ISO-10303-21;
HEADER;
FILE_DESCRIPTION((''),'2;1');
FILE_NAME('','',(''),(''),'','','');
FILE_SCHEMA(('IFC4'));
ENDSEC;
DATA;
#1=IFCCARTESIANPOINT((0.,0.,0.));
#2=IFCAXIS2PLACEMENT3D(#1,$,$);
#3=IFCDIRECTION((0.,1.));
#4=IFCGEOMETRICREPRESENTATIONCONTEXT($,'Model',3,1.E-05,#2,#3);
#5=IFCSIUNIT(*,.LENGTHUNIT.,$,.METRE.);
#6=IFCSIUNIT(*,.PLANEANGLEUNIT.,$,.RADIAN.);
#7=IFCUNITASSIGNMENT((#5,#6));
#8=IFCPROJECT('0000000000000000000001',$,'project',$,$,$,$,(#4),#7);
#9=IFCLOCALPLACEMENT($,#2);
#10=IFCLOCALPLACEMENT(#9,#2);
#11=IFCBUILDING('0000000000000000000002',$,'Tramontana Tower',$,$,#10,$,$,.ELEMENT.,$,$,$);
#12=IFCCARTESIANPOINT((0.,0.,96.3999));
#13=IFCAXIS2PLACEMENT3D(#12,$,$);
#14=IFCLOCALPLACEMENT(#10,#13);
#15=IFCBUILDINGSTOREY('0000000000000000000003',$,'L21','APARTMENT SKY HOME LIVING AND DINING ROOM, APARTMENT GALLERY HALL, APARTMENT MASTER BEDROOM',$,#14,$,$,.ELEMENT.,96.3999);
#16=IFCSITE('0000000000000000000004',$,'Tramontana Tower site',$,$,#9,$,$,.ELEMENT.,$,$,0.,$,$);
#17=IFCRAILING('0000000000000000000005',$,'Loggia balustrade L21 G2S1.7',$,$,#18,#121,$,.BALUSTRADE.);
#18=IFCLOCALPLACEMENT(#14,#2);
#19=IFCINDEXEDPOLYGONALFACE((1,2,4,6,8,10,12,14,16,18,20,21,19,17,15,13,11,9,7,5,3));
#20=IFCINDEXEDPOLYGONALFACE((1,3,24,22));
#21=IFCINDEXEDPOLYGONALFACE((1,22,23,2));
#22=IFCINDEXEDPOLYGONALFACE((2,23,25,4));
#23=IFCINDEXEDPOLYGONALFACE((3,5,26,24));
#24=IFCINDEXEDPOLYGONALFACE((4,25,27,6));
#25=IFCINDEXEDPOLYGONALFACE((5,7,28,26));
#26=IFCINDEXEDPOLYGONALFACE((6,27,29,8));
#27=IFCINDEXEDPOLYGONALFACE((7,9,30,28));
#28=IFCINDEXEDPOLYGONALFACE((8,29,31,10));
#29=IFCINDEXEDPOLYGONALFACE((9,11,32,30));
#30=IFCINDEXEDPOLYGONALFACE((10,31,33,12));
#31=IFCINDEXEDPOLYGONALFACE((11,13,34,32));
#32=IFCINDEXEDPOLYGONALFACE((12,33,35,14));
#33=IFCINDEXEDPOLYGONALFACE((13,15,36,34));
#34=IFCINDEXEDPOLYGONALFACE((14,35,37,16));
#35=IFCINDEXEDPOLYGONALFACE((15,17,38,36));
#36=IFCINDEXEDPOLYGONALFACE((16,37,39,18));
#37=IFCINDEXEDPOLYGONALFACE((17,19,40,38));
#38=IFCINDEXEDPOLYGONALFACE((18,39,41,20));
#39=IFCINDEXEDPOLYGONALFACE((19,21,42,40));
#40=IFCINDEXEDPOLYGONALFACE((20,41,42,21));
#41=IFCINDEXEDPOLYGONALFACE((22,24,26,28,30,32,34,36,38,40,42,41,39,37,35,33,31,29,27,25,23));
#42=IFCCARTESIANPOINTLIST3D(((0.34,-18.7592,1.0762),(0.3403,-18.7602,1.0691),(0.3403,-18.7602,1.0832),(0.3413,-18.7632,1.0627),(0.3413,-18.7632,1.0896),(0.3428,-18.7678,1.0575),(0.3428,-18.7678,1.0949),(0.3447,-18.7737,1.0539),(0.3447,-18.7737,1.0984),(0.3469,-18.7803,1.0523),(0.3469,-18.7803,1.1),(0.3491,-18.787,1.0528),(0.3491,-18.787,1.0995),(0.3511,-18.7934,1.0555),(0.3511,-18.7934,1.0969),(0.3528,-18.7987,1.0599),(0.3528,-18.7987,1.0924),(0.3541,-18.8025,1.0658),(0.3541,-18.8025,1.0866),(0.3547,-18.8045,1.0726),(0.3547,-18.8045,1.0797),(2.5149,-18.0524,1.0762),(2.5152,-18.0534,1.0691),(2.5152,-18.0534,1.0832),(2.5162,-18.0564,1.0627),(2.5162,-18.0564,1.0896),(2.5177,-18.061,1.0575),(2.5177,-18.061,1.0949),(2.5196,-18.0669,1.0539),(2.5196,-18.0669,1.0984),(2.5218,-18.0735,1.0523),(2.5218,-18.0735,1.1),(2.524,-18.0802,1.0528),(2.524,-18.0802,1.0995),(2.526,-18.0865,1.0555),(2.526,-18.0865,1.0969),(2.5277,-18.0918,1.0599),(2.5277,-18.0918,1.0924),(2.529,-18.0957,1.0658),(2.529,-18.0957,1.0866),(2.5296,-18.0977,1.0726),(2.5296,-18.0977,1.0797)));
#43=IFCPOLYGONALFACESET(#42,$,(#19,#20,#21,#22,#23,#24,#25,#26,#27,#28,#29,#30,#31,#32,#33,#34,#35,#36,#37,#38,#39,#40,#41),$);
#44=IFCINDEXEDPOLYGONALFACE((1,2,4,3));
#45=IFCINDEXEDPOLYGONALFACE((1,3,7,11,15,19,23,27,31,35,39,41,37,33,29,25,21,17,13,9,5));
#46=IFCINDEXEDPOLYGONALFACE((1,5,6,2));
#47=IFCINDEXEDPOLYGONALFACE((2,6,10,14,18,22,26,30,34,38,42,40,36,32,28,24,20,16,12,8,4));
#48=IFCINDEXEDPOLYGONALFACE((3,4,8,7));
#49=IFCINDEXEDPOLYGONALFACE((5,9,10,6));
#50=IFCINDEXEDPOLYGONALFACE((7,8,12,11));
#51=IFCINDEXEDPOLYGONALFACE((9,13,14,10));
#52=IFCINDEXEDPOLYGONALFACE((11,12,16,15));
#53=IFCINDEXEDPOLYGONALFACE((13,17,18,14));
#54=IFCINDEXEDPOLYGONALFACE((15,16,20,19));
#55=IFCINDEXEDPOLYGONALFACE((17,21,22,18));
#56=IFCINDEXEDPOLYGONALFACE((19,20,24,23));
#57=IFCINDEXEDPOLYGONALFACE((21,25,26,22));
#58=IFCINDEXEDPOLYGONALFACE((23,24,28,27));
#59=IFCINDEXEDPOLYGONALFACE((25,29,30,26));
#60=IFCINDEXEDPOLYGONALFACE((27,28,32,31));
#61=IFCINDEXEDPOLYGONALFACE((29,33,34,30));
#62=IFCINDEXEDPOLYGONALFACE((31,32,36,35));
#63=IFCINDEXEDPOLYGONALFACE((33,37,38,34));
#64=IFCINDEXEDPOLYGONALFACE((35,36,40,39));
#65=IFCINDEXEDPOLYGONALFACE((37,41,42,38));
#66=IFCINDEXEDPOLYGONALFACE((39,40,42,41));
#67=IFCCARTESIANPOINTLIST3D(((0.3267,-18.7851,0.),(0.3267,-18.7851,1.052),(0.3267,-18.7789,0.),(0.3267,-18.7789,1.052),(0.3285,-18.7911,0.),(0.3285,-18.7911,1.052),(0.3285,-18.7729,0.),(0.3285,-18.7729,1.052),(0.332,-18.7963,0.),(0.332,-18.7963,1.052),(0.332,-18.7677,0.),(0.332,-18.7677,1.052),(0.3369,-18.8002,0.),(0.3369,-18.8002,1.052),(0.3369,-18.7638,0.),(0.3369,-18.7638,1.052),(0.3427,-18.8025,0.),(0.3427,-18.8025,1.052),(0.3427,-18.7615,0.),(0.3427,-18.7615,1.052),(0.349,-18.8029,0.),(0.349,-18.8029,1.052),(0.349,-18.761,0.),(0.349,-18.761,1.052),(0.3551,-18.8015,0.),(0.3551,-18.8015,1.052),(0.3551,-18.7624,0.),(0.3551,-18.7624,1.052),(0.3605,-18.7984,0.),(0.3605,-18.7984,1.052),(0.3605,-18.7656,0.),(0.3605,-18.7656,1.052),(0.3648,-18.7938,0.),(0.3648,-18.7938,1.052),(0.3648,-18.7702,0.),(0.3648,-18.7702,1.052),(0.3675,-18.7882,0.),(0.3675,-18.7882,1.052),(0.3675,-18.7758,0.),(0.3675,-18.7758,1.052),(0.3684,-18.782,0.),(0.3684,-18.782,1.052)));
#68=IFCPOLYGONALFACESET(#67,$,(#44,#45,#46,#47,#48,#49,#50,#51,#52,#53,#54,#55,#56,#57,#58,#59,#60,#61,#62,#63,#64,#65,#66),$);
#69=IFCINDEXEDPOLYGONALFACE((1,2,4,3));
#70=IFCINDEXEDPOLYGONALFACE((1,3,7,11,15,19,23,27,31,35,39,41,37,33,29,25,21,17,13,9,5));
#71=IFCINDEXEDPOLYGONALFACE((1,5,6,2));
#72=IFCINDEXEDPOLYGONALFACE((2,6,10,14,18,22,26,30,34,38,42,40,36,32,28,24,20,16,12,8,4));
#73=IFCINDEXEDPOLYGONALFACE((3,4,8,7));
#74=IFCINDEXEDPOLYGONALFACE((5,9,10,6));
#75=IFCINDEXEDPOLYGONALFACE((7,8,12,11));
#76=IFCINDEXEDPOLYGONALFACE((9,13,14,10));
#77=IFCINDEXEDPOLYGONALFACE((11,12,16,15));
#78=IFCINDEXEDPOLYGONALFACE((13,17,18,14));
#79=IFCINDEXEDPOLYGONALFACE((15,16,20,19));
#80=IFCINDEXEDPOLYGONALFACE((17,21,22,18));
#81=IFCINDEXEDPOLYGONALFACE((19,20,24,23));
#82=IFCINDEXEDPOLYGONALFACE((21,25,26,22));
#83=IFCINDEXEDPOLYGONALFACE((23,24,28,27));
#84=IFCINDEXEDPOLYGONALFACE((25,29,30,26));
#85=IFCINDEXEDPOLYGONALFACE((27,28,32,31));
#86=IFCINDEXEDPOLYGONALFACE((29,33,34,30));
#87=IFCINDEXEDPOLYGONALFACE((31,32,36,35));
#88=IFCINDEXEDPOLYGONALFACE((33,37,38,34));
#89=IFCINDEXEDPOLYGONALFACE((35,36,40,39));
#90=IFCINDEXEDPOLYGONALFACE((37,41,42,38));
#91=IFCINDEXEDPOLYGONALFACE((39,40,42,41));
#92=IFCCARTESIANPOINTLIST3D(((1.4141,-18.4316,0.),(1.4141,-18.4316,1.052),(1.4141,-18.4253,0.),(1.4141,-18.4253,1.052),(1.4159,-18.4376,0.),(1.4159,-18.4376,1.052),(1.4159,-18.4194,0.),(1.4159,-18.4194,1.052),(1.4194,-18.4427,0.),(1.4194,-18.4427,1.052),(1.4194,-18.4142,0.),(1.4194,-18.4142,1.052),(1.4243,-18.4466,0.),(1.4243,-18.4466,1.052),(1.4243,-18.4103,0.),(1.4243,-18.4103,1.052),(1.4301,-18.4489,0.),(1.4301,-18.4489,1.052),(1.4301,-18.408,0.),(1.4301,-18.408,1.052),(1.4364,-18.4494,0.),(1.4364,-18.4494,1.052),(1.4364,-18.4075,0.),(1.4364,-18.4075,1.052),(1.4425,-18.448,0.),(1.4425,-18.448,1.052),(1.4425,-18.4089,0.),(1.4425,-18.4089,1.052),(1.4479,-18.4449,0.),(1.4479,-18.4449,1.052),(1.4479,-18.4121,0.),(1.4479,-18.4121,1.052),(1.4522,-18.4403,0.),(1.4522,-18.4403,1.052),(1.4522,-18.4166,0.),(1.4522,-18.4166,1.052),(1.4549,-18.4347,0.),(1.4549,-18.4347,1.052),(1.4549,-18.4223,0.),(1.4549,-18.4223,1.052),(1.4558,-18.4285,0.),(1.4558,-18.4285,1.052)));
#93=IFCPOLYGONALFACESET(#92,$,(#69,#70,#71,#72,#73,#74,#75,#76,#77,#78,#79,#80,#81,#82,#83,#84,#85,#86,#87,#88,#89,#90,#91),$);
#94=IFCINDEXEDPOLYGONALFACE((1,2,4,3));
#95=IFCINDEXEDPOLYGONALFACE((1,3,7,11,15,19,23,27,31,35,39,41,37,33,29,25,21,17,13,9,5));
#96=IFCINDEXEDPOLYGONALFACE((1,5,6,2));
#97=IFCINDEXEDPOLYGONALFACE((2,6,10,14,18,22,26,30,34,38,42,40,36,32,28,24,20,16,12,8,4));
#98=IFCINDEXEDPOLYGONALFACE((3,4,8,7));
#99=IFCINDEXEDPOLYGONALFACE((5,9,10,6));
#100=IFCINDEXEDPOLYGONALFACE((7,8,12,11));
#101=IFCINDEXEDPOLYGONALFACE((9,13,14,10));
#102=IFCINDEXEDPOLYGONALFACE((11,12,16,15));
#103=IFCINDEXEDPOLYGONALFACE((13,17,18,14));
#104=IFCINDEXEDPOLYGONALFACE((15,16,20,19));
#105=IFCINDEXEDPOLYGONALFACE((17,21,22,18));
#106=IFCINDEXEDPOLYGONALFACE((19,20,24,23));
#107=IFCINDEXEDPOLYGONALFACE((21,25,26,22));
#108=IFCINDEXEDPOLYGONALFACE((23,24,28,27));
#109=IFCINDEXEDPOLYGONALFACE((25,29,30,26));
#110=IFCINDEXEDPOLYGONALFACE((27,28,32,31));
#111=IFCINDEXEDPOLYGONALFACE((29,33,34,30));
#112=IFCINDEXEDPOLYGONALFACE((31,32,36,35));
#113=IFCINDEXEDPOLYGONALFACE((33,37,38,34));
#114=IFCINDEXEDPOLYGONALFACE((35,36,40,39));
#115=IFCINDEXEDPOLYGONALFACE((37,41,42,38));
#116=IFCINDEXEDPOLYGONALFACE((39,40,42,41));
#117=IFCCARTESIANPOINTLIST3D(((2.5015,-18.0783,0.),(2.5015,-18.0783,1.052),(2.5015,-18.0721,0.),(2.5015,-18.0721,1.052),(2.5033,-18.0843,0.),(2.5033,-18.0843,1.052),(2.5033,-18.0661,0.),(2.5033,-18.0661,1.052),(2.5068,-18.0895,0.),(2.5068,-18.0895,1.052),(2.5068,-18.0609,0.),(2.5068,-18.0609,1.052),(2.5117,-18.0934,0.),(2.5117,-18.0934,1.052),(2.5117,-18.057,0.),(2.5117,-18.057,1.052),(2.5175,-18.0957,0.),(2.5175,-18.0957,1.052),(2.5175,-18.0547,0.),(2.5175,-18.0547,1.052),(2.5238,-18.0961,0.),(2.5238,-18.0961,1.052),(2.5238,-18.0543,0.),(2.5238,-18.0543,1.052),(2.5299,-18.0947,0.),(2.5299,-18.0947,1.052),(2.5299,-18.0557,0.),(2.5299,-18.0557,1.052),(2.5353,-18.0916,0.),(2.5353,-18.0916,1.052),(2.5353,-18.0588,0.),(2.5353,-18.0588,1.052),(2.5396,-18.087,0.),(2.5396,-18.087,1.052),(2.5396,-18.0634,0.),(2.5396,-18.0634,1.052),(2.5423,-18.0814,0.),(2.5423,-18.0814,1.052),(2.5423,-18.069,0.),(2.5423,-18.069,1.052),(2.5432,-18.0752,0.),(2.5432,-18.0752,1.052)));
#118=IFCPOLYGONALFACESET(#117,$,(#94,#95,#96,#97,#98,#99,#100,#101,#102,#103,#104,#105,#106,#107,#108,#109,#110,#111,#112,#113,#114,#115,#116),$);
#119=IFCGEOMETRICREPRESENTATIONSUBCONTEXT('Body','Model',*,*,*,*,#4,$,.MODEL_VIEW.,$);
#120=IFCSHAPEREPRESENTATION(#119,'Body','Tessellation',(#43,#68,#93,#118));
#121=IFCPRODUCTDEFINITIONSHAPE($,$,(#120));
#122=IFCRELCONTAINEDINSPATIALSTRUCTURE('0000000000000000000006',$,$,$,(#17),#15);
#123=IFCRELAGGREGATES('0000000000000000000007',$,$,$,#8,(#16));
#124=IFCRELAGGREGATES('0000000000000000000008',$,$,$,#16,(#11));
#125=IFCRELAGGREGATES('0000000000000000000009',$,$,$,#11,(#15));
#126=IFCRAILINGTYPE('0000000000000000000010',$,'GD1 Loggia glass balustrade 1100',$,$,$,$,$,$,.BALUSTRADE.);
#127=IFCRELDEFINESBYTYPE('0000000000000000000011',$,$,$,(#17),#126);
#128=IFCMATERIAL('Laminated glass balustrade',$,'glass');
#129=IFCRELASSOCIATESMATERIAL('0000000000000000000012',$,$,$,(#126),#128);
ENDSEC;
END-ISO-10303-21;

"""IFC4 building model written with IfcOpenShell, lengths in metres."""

from ifc_helpers import new_model, si_unit, direction, frame, origin, origin_2d, place, context, subcontext, project, spatial, circle, extrude, material, type_object, element, save


model = new_model("IFC4")

# Units and contexts
model_context = context("Model", 3, precision=1e-05, world=origin(), true_north=direction((0.0, 1.0)))
body_context = subcontext(model_context, "Body", "Model", "MODEL_VIEW")
ifc_project = project(units=[si_unit("LENGTHUNIT", "METRE"), si_unit("PLANEANGLEUNIT", "RADIAN")], contexts=[model_context])

# Site, building, storey
site_placement = place(None, origin())
site = spatial("IfcSite", under=ifc_project, at=site_placement, Name="Tramontana Tower site", CompositionType="ELEMENT", RefElevation=0.0)
building_placement = place(site_placement, origin())
building = spatial("IfcBuilding", under=site, at=building_placement, Name="Tramontana Tower", CompositionType="ELEMENT")
storey_placement = place(building_placement, frame((0.0, 0.0, 96.3999)))
storey = spatial("IfcBuildingStorey", under=building, at=storey_placement, Name="L21", Description="APARTMENT SKY HOME LIVING AND DINING ROOM, APARTMENT GALLERY HALL, APARTMENT MASTER BEDROOM", CompositionType="ELEMENT", Elevation=96.3999)

# Railing
ifc_material_1 = material(Name="Laminated glass balustrade", Category="glass")
railing_type = type_object("IfcRailingType", Name="GD1 Loggia glass balustrade 1100", PredefinedType="BALUSTRADE", material=ifc_material_1)
railing_1_placement = place(storey_placement, frame((0.3474, -18.782, 0.0)))
element("IfcRailing", 1, at=railing_1_placement, inside=storey, type_object=railing_type, Name="Loggia balustrade L21 G2S1.7", PredefinedType="BALUSTRADE", context=body_context, shape_type="SweptSolid", body=[
    extrude(circle(Radius=0.0239, at=origin_2d()), frame((0.0, 0.0, 1.0762), z_axis=(0.951037, 0.309076, 0.0), x_axis=(-0.309076, 0.951037, 0.0)), (0.0, 0.0, 1.0), 2.2869),
    extrude(circle(Radius=0.021, at=origin_2d()), origin(), (0.0, 0.0, 1.0), 1.052),
    extrude(circle(Radius=0.021, at=origin_2d()), frame((1.0874, 0.3535, 0.0)), (0.0, 0.0, 1.0), 1.052),
    extrude(circle(Radius=0.021, at=origin_2d()), frame((2.1748, 0.7068, 0.0)), (0.0, 0.0, 1.0), 1.052),
])

save(model, "model.ifc")
